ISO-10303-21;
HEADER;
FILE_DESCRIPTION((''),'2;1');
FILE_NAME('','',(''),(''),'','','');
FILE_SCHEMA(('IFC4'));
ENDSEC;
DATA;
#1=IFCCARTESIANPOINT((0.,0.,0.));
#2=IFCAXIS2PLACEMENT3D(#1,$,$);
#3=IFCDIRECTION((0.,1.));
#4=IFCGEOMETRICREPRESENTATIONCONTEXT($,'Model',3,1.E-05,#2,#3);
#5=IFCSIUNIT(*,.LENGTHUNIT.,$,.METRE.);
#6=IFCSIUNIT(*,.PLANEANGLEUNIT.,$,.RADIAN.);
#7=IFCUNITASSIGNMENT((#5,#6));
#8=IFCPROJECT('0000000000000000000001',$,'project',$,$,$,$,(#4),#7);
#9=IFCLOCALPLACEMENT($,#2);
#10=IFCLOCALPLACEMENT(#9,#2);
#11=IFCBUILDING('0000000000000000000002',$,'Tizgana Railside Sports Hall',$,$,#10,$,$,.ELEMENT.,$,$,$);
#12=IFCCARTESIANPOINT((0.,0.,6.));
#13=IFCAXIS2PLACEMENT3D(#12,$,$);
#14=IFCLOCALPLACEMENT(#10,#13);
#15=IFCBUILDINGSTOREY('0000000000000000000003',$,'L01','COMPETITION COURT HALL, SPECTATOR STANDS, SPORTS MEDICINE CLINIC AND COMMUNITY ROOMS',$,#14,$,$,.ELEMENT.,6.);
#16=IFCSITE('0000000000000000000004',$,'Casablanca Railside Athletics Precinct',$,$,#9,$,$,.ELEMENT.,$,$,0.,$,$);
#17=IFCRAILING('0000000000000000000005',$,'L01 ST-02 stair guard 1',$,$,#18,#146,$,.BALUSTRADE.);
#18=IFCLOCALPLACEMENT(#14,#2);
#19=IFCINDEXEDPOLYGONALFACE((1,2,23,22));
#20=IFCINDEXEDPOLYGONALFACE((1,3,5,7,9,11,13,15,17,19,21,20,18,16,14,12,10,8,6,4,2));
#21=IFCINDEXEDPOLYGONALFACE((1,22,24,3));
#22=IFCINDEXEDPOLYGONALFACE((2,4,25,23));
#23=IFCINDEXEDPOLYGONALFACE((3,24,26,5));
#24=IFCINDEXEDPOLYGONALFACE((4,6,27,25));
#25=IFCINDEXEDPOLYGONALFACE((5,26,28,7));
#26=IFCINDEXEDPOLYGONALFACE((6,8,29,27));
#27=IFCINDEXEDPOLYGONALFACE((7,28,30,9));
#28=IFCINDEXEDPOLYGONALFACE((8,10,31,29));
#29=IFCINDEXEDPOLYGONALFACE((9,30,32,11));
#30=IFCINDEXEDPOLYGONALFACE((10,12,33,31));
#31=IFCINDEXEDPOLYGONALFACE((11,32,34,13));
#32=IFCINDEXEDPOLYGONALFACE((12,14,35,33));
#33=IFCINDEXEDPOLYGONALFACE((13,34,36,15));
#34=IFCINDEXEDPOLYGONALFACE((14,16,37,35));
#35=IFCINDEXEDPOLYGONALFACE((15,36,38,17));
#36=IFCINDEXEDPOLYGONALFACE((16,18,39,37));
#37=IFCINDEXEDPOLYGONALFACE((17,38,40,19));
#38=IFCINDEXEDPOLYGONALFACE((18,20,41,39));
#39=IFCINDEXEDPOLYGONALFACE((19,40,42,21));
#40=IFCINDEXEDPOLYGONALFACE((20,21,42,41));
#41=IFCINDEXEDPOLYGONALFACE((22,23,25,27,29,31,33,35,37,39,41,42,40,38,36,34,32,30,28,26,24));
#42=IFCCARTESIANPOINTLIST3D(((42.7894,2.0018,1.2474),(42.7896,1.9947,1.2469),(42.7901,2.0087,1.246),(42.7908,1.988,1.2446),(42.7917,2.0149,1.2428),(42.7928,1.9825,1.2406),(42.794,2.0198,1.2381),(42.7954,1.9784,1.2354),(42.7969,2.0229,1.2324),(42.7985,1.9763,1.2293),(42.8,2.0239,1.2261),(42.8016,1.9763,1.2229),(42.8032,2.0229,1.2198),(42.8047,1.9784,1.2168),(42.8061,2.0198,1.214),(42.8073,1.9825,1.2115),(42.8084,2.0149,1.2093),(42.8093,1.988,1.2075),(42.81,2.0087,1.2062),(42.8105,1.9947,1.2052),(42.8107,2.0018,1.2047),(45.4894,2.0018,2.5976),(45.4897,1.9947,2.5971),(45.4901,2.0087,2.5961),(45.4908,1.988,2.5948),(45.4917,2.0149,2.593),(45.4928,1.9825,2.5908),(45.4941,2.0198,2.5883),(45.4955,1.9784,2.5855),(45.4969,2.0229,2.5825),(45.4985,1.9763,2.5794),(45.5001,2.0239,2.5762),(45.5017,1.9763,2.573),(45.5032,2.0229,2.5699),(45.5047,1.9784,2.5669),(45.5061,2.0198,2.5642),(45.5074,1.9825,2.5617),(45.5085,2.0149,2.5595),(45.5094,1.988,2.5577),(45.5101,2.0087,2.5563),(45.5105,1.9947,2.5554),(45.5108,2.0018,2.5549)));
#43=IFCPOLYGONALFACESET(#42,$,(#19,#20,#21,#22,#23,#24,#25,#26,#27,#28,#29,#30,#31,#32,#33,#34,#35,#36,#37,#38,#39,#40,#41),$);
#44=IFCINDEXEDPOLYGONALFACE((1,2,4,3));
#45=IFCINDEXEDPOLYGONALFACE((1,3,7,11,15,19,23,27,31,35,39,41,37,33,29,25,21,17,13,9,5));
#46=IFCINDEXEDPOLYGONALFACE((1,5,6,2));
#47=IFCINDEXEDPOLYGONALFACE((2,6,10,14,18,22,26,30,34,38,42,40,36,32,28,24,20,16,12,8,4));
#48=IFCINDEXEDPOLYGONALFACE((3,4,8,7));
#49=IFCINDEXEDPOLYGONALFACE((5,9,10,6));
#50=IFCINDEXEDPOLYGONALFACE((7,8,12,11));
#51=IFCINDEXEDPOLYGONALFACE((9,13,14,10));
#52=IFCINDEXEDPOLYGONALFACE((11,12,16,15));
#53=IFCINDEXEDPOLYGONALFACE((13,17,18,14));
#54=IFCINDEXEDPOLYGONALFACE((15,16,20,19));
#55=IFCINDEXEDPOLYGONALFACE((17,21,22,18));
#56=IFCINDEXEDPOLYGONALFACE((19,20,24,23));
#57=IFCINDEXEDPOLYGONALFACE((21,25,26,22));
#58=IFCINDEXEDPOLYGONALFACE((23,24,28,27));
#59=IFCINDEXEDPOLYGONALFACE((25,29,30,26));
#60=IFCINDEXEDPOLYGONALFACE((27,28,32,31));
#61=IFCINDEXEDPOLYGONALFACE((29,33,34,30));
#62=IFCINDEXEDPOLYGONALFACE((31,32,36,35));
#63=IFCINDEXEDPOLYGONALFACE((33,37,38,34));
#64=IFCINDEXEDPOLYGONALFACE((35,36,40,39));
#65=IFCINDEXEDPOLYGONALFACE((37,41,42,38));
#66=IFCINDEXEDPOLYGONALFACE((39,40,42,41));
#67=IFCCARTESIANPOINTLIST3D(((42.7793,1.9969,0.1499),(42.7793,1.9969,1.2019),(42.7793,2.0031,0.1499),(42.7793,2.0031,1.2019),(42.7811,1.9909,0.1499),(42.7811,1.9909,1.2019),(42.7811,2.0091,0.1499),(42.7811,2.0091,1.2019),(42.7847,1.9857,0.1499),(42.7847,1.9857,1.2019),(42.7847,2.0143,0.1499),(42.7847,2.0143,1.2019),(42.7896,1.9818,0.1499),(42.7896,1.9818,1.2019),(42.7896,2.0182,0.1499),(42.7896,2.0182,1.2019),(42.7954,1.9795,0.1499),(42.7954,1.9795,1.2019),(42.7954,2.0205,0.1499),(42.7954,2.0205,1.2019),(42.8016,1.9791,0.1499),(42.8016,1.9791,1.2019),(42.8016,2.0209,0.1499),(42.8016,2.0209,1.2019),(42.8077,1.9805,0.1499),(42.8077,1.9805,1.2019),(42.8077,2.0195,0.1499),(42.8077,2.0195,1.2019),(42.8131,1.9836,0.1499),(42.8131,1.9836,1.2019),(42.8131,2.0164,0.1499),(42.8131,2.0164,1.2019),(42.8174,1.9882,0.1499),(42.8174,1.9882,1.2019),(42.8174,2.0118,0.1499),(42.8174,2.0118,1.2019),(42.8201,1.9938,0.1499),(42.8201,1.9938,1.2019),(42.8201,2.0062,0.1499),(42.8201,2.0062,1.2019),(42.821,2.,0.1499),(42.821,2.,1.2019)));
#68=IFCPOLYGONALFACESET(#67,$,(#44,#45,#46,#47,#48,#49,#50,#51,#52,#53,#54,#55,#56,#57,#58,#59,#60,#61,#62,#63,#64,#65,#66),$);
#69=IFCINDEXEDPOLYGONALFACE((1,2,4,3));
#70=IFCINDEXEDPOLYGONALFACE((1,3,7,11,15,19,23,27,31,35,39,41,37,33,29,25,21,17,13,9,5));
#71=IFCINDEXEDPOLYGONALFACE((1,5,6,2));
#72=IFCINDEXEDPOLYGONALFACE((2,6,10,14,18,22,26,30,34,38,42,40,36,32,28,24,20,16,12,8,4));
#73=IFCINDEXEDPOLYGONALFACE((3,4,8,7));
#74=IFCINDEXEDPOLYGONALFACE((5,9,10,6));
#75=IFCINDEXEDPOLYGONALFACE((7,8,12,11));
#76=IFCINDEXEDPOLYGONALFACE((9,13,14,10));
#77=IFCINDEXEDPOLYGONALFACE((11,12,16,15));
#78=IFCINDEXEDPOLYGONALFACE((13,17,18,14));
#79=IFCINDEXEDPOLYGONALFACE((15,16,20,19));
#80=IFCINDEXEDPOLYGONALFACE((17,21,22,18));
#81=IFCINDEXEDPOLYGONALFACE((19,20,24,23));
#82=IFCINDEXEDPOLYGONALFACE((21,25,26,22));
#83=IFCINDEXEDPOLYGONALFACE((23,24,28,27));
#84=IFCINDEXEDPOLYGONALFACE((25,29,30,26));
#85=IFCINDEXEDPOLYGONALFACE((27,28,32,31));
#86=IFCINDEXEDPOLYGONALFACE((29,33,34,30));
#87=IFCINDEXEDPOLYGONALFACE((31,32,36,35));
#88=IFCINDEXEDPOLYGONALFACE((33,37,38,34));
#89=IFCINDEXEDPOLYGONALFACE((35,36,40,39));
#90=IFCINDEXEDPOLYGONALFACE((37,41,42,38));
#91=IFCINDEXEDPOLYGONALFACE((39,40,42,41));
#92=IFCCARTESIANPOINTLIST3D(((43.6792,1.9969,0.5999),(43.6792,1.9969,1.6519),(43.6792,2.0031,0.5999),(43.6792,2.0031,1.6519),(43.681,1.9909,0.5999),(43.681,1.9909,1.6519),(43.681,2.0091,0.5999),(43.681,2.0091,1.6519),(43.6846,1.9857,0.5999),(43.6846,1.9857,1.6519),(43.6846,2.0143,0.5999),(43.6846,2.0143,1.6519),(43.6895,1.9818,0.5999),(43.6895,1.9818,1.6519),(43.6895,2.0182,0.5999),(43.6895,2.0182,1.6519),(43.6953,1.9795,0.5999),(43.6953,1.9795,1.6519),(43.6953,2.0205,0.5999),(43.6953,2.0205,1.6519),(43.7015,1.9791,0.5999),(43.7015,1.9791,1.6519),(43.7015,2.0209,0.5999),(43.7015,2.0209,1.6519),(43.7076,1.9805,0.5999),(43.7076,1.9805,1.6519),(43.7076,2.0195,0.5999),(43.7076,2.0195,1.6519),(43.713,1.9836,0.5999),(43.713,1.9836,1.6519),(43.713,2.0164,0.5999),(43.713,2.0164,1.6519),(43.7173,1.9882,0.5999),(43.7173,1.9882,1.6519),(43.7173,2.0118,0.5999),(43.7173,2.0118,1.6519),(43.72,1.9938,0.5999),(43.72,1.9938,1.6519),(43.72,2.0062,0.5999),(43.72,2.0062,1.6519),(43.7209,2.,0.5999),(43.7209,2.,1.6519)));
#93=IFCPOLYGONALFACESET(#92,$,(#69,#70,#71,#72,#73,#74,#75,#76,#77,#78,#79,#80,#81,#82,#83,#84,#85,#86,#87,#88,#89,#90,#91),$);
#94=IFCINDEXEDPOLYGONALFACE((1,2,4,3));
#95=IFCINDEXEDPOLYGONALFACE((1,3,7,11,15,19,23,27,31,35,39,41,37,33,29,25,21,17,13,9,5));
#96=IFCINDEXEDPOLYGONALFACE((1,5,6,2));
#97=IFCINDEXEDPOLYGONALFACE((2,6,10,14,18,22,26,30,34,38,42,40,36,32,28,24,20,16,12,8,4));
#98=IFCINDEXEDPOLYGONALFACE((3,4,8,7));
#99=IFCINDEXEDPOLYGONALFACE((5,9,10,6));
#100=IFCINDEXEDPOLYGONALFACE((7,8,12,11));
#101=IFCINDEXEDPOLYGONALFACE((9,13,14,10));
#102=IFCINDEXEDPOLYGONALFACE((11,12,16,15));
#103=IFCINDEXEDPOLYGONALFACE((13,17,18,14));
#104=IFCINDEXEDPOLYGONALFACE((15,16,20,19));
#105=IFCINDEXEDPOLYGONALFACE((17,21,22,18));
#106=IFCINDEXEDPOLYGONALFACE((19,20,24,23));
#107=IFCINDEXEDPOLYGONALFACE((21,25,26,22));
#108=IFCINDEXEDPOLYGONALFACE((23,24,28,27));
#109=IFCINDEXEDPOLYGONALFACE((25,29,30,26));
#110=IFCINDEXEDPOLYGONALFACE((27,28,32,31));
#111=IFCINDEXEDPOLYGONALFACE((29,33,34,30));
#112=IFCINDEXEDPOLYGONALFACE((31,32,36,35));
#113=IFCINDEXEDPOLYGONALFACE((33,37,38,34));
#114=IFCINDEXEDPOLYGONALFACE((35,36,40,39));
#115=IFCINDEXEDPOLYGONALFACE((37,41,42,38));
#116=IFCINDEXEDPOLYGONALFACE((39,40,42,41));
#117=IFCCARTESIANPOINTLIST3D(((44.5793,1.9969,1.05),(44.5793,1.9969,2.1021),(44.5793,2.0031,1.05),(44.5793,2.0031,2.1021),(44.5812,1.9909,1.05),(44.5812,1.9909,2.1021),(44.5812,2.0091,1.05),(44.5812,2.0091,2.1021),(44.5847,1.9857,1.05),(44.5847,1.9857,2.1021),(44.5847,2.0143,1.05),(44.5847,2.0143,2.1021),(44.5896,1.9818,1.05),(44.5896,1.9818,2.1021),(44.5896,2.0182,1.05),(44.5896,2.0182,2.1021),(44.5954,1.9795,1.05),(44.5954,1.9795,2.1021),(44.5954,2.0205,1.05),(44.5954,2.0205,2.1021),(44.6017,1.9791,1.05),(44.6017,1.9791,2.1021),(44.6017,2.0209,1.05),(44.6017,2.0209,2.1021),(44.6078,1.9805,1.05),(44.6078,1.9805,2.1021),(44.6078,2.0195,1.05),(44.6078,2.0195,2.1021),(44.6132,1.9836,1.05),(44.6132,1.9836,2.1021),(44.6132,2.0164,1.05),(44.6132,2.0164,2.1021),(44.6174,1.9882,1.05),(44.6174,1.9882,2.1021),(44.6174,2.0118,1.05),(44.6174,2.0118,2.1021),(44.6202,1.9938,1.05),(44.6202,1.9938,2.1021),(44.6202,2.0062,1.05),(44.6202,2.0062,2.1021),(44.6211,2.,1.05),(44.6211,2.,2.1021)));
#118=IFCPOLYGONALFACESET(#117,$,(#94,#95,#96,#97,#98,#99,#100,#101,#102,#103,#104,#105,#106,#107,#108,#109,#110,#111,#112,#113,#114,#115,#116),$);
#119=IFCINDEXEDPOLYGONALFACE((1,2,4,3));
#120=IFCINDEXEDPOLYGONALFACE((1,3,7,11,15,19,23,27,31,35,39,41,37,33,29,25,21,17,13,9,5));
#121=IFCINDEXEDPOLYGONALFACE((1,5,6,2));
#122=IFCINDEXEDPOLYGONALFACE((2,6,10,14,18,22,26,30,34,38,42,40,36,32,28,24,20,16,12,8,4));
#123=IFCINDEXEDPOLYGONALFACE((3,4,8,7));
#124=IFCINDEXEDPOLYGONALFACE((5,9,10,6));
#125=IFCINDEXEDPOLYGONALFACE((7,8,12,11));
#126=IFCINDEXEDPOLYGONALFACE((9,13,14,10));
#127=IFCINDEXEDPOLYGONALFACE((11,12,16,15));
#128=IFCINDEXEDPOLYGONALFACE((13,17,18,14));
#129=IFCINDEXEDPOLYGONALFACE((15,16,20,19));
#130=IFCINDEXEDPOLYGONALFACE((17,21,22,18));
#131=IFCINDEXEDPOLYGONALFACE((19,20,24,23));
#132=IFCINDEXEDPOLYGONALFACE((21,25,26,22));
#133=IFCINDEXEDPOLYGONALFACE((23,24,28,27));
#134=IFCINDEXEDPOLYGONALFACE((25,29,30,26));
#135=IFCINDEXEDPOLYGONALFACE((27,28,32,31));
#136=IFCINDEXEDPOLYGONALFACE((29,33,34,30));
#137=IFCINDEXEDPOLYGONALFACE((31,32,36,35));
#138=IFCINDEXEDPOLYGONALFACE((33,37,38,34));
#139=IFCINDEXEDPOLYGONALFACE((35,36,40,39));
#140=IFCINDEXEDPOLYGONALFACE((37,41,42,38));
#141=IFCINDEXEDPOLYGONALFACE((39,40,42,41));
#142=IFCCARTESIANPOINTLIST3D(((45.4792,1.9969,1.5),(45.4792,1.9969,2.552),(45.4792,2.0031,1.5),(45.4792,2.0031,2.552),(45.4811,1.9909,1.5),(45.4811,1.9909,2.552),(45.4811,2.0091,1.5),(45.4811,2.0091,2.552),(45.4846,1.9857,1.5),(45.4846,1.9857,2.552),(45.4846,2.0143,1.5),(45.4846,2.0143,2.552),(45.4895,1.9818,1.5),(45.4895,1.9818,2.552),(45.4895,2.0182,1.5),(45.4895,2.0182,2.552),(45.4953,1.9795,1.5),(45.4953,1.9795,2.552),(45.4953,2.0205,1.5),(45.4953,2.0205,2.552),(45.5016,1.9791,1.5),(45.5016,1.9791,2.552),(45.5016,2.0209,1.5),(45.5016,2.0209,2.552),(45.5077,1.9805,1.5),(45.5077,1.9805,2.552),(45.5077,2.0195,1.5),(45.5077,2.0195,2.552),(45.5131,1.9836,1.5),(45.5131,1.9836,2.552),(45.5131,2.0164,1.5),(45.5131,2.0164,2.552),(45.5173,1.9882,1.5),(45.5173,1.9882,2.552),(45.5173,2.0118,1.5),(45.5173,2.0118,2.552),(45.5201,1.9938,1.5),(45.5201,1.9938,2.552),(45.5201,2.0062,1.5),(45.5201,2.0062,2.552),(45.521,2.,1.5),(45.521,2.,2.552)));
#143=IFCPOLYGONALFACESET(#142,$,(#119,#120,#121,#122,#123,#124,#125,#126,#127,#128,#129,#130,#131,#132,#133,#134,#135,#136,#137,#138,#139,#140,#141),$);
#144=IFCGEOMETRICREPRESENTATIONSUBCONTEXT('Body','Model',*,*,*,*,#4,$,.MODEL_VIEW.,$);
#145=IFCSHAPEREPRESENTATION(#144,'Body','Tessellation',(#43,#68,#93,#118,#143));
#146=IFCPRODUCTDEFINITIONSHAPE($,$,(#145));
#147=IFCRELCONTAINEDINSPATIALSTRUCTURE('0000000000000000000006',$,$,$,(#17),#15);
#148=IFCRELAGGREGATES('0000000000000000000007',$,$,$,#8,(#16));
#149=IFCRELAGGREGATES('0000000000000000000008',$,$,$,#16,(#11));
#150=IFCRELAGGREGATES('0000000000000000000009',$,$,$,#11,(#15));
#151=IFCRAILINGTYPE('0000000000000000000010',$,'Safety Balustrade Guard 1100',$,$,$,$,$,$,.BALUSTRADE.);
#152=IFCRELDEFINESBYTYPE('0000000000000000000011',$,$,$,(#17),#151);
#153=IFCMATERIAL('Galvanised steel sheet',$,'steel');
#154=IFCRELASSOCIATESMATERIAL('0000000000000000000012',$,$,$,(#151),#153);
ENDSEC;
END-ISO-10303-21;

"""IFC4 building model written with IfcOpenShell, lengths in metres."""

from ifc_helpers import new_model, si_unit, direction, frame, origin, origin_2d, place, context, subcontext, project, spatial, circle, extrude, material, type_object, element, save


model = new_model("IFC4")

# Units and contexts
model_context = context("Model", 3, precision=1e-05, world=origin(), true_north=direction((0.0, 1.0)))
body_context = subcontext(model_context, "Body", "Model", "MODEL_VIEW")
ifc_project = project(units=[si_unit("LENGTHUNIT", "METRE"), si_unit("PLANEANGLEUNIT", "RADIAN")], contexts=[model_context])

# Site, building, storey
site_placement = place(None, origin())
site = spatial("IfcSite", under=ifc_project, at=site_placement, Name="Casablanca Railside Athletics Precinct", CompositionType="ELEMENT", RefElevation=0.0)
building_placement = place(site_placement, origin())
building = spatial("IfcBuilding", under=site, at=building_placement, Name="Tizgana Railside Sports Hall", CompositionType="ELEMENT")
storey_placement = place(building_placement, frame((0.0, 0.0, 6.0)))
storey = spatial("IfcBuildingStorey", under=building, at=storey_placement, Name="L01", Description="COMPETITION COURT HALL, SPECTATOR STANDS, SPORTS MEDICINE CLINIC AND COMMUNITY ROOMS", CompositionType="ELEMENT", Elevation=6.0)

# Railing
ifc_material_1 = material(Name="Galvanised steel sheet", Category="steel")
railing_type_1 = type_object("IfcRailingType", Name="Safety Balustrade Guard 1100", PredefinedType="BALUSTRADE", material=ifc_material_1)
railing_1_placement = place(storey_placement, frame((42.8, 2.0, 0.1499)))
element("IfcRailing", 1, at=railing_1_placement, inside=storey, type_object=railing_type_1, Name="L01 ST-02 stair guard 1", PredefinedType="BALUSTRADE", context=body_context, shape_type="SweptSolid", body=[
    extrude(circle(Radius=0.0239, at=origin_2d()), frame((0.0, 0.0, 1.0762), z_axis=(0.894411, 0.0, 0.447246), x_axis=(0.0, 1.0, 0.0)), (0.0, 0.0, 1.0), 3.0188),
    extrude(circle(Radius=0.021, at=origin_2d()), origin(), (0.0, 0.0, 1.0), 1.052),
    extrude(circle(Radius=0.021, at=origin_2d()), frame((0.8999, 0.0, 0.45)), (0.0, 0.0, 1.0), 1.052),
    extrude(circle(Radius=0.021, at=origin_2d()), frame((1.8, 0.0, 0.9001)), (0.0, 0.0, 1.0), 1.052),
    extrude(circle(Radius=0.021, at=origin_2d()), frame((2.7, 0.0, 1.3501)), (0.0, 0.0, 1.0), 1.052),
])

save(model, "model.ifc")
